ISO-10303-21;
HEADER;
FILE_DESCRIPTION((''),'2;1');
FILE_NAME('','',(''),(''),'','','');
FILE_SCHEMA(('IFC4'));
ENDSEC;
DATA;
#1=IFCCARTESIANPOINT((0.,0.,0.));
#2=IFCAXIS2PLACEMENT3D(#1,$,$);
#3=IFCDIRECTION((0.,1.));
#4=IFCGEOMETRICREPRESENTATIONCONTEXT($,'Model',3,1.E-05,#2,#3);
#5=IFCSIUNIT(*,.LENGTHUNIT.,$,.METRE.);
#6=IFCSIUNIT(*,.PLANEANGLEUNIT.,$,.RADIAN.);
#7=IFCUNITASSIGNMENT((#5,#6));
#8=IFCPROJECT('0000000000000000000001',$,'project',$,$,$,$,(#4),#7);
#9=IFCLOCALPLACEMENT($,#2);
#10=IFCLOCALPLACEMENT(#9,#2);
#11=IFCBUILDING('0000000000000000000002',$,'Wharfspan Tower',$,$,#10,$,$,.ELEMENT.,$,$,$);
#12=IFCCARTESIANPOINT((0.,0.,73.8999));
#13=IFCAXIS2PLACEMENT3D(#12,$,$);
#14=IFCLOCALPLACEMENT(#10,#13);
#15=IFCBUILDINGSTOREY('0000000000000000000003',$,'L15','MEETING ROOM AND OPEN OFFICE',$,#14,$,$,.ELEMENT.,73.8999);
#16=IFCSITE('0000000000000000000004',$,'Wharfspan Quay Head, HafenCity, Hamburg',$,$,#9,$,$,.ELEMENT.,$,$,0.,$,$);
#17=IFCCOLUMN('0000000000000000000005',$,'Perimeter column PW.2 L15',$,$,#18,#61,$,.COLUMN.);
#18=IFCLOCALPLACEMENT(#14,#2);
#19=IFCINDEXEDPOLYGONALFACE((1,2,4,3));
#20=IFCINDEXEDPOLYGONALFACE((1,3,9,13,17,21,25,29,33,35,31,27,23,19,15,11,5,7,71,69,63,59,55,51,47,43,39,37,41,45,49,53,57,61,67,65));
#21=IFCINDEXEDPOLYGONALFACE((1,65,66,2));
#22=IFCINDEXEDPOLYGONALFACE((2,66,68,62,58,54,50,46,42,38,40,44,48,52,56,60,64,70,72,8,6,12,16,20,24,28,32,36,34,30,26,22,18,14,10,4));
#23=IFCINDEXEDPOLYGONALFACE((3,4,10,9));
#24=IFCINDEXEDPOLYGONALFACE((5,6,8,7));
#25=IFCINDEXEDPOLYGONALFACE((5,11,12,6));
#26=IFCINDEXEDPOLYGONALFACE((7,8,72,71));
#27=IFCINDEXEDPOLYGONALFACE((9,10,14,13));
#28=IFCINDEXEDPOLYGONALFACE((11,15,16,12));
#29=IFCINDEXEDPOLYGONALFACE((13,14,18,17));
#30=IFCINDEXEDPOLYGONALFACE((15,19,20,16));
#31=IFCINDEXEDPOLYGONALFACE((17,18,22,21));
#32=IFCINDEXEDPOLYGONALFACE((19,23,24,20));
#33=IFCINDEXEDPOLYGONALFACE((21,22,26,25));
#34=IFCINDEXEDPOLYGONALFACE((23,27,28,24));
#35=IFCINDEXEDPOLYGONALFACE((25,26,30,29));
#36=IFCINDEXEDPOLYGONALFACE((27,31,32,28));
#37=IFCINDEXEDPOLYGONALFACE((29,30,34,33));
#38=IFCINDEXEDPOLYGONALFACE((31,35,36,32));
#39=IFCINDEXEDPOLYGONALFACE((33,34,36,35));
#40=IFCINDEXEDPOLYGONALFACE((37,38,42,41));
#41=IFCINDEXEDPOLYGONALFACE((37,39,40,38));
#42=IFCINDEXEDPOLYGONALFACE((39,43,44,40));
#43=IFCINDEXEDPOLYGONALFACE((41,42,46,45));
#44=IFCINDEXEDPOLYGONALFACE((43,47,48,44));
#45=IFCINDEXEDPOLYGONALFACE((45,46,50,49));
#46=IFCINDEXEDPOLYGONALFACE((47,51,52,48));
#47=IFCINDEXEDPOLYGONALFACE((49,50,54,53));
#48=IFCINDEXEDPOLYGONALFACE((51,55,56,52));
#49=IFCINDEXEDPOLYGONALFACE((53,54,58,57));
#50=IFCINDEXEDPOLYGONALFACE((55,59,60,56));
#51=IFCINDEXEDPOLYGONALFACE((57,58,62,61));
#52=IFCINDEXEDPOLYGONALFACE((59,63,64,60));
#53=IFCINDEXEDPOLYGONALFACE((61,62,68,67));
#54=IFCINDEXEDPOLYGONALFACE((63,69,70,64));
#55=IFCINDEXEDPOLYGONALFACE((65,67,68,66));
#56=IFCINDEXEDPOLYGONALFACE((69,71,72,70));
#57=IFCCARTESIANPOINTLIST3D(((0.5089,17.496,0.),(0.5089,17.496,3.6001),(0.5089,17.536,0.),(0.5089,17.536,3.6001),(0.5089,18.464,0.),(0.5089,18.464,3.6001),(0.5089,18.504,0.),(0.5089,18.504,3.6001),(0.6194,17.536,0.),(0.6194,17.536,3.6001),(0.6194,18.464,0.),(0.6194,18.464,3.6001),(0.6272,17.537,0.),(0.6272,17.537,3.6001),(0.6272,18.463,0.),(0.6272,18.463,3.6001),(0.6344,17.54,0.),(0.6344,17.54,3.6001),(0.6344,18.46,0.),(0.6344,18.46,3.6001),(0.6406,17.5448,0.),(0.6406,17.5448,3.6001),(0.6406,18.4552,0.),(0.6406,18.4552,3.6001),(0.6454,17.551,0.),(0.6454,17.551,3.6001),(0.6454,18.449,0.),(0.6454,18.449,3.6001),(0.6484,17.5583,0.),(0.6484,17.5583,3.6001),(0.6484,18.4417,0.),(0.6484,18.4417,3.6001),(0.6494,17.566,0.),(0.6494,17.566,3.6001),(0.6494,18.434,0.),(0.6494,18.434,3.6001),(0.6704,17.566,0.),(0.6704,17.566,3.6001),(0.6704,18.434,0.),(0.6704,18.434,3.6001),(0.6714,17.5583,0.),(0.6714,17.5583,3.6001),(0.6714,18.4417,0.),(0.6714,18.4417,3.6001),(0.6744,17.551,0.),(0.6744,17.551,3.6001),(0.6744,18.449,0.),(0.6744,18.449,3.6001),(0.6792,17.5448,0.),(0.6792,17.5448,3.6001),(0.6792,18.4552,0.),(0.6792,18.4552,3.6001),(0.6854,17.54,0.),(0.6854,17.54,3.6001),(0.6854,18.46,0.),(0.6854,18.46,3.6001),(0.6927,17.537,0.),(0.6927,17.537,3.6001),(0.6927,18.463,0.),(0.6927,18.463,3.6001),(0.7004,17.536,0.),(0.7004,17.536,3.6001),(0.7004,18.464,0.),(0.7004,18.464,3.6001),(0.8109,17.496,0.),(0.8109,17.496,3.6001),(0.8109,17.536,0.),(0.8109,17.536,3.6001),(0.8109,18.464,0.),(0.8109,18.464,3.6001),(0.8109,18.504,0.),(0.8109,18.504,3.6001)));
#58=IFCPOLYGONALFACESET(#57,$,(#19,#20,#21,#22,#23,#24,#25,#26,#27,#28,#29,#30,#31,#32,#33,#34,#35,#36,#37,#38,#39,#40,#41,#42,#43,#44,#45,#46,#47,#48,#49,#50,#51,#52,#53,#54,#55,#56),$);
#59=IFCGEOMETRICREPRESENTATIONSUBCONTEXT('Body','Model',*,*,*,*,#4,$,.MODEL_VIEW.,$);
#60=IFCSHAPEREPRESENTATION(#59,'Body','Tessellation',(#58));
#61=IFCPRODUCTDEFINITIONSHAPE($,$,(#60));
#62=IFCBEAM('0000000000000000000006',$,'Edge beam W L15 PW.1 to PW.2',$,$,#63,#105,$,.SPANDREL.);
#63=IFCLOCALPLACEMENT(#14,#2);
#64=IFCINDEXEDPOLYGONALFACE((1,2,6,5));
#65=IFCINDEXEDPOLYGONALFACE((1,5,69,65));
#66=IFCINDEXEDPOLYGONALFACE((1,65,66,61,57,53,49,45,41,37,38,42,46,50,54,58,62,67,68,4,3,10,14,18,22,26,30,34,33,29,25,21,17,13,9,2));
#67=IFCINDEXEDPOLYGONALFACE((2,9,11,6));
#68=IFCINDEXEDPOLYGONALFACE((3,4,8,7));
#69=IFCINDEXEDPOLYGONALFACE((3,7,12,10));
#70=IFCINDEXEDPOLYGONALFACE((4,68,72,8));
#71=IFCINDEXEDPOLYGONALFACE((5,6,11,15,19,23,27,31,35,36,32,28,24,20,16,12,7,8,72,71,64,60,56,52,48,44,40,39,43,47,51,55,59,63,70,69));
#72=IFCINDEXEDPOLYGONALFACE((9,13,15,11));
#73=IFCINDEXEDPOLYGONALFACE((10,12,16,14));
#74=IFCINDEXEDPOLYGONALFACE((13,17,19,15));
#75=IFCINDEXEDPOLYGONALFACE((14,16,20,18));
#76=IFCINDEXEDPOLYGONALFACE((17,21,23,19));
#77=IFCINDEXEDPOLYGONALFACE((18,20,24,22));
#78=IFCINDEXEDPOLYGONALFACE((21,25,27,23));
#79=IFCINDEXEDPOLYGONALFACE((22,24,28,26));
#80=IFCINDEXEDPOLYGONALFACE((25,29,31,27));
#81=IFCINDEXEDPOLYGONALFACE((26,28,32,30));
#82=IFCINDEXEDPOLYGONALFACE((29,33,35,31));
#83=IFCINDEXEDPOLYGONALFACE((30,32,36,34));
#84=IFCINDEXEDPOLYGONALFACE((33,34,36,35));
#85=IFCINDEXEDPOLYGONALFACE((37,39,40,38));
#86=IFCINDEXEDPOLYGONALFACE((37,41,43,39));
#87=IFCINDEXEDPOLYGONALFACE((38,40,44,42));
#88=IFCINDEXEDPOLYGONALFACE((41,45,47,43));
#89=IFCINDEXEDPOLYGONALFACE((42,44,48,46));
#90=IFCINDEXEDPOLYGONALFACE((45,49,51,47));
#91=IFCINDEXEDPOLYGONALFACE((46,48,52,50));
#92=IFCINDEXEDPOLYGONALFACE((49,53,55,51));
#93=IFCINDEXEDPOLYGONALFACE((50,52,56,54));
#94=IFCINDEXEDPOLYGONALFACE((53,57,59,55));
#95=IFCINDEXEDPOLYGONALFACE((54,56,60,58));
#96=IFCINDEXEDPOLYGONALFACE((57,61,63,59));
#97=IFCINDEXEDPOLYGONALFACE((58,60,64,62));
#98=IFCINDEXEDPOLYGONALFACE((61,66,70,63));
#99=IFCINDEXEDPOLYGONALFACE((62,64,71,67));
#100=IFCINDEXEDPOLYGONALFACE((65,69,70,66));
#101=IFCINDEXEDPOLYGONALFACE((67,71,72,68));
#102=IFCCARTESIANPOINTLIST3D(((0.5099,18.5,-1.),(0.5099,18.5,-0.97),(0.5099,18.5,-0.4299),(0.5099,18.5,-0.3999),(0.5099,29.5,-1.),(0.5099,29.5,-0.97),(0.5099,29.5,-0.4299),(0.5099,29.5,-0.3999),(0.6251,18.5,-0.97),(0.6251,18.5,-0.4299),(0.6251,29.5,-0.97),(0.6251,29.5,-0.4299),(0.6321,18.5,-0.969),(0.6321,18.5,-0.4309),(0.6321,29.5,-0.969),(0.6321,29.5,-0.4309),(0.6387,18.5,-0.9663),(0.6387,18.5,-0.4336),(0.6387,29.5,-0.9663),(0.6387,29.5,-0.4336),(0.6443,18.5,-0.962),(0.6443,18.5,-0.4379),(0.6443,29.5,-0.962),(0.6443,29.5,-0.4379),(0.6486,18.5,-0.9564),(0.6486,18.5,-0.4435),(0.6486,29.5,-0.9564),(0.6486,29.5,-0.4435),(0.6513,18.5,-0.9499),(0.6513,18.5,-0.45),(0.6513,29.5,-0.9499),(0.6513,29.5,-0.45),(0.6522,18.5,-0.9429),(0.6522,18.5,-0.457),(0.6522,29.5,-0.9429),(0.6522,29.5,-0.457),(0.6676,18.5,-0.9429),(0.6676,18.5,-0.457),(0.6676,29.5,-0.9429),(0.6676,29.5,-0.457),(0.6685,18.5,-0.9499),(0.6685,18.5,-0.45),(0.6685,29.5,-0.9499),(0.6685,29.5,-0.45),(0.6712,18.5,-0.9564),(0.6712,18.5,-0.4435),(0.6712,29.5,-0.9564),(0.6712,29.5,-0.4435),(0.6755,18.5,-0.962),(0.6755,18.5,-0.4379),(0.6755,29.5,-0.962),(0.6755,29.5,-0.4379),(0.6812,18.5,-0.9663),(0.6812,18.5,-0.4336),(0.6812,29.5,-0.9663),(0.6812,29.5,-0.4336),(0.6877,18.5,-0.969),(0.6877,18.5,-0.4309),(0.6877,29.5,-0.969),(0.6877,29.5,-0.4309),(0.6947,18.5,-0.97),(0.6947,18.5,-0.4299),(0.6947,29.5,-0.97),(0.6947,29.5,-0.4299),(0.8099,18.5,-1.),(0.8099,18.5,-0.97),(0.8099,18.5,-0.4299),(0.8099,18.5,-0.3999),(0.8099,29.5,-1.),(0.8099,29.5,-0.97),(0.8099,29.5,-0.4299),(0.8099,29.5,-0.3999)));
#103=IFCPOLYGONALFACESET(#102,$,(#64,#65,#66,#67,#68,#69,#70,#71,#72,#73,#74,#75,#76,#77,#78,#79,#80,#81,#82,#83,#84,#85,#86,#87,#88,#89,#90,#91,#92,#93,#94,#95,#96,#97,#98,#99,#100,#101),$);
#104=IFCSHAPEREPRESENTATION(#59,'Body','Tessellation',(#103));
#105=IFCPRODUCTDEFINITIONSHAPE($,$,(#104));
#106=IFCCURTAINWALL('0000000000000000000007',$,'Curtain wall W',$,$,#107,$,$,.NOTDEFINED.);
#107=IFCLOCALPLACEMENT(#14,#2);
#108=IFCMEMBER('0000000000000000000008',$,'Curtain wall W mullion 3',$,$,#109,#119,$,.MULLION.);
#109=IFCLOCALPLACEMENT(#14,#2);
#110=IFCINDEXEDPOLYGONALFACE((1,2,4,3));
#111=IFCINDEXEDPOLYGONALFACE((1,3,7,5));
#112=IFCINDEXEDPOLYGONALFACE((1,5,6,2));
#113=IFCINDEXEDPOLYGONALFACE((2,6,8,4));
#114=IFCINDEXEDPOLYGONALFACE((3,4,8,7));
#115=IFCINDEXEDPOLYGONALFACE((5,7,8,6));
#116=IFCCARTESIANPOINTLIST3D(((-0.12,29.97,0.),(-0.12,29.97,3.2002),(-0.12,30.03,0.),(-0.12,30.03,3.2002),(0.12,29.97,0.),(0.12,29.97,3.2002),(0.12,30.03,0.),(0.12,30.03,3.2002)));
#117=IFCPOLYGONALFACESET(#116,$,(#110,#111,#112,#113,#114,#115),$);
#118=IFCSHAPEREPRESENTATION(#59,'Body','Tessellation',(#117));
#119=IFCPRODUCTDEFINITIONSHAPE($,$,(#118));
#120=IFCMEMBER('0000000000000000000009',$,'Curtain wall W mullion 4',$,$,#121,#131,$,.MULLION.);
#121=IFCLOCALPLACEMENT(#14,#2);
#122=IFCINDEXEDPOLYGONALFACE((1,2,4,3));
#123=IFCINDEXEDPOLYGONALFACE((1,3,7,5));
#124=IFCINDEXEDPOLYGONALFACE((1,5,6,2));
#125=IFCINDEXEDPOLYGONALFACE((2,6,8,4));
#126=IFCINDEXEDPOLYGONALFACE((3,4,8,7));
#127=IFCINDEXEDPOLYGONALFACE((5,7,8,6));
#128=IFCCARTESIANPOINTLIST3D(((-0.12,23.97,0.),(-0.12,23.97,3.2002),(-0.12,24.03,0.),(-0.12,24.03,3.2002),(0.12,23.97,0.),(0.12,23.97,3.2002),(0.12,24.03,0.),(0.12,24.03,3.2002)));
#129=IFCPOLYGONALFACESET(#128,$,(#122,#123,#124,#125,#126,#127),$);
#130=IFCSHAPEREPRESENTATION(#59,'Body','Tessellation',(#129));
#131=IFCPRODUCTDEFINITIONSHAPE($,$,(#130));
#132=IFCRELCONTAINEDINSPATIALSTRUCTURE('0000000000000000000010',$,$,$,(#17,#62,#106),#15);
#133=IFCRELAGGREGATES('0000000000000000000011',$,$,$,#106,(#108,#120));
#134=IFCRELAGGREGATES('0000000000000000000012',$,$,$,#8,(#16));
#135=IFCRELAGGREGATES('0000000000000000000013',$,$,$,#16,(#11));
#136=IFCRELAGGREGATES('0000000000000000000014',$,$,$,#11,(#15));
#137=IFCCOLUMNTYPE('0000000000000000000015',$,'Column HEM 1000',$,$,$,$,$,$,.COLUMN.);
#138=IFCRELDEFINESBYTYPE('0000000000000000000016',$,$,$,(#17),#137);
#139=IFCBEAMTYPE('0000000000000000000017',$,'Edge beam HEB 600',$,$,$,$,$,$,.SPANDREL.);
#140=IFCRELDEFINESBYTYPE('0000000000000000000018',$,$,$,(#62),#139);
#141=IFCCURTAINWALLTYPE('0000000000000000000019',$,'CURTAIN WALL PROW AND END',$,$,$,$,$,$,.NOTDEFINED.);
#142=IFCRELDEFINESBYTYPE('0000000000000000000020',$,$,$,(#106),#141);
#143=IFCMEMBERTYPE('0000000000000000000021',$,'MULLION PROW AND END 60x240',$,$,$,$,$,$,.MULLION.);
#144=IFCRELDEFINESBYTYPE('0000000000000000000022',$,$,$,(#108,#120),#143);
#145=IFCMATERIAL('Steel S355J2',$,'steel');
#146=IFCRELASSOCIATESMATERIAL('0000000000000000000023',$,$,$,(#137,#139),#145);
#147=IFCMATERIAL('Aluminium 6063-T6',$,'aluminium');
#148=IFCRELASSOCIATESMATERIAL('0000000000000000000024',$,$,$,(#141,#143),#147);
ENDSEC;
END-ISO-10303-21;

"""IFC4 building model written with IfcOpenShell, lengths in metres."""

from ifc_helpers import new_model, si_unit, direction, frame, origin, origin_2d, place, context, subcontext, project, spatial, rectangle, i_section, extrude, material, material_profile, profile_set, type_object, element, aggregate, save


model = new_model("IFC4")

# Units and contexts
model_context = context("Model", 3, precision=1e-05, world=origin(), true_north=direction((0.0, 1.0)))
body_context = subcontext(model_context, "Body", "Model", "MODEL_VIEW")
ifc_project = project(units=[si_unit("LENGTHUNIT", "METRE"), si_unit("PLANEANGLEUNIT", "RADIAN")], contexts=[model_context])

# Site, building, storey
site_placement = place(None, origin())
site = spatial("IfcSite", under=ifc_project, at=site_placement, Name="Wharfspan Quay Head, HafenCity, Hamburg", CompositionType="ELEMENT", RefElevation=0.0)
building_placement = place(site_placement, origin())
building = spatial("IfcBuilding", under=site, at=building_placement, Name="Wharfspan Tower", CompositionType="ELEMENT")
storey_placement = place(building_placement, frame((0.0, 0.0, 73.8999)))
storey = spatial("IfcBuildingStorey", under=building, at=storey_placement, Name="L15", Description="MEETING ROOM AND OPEN OFFICE", CompositionType="ELEMENT", Elevation=73.8999)

# Column
ifc_material_1 = material(Name="Steel S355J2", Category="steel")
ifc_material_profile_1 = material_profile(ifc_material_1, i_section(OverallWidth=0.302, OverallDepth=1.0081, WebThickness=0.021, FlangeThickness=0.04, FilletRadius=0.03, at=origin_2d()))
ifc_profile_set_1 = profile_set([ifc_material_profile_1], Name="Steel S355J2")
column_type = type_object("IfcColumnType", Name="Column HEM 1000", PredefinedType="COLUMN", material=ifc_profile_set_1)
column_placement = place(storey_placement, frame((0.6599, 18.0, 0.0), z_axis=(0.0, 0.0, 1.0), x_axis=(-1.0, 0.0, 0.0)))
element("IfcColumn", 1, at=column_placement, inside=storey, type_object=column_type, Name="Perimeter column PW.2 L15", PredefinedType="COLUMN", context=body_context, shape_type="SweptSolid", body=[
    extrude(i_section(OverallWidth=0.302, OverallDepth=1.0081, WebThickness=0.021, FlangeThickness=0.04, FilletRadius=0.03, at=origin_2d()), origin(), (0.0, 0.0, 1.0), 3.6001),
])

# Beam
ifc_material_profile_2 = material_profile(ifc_material_1, i_section(OverallWidth=0.3, OverallDepth=0.6001, WebThickness=0.0154, FlangeThickness=0.03, FilletRadius=0.0271, at=origin_2d()))
ifc_profile_set_2 = profile_set([ifc_material_profile_2], Name="Steel S355J2")
beam_type = type_object("IfcBeamType", Name="Edge beam HEB 600", PredefinedType="SPANDREL", material=ifc_profile_set_2)
beam_placement = place(storey_placement, frame((0.6599, 29.5, -0.7), z_axis=(0.0, -1.0, 0.0), x_axis=(1.0, 0.0, 0.0)))
element("IfcBeam", 2, at=beam_placement, inside=storey, type_object=beam_type, Name="Edge beam W L15 PW.1 to PW.2", PredefinedType="SPANDREL", context=body_context, shape_type="SweptSolid", body=[
    extrude(i_section(OverallWidth=0.3, OverallDepth=0.6001, WebThickness=0.0154, FlangeThickness=0.03, FilletRadius=0.0271, at=origin_2d()), origin(), (0.0, 0.0, 1.0), 11.0),
])

# Curtain wall, members
ifc_material_2 = material(Name="Aluminium 6063-T6", Category="aluminium")
curtain_wall_type = type_object("IfcCurtainWallType", Name="CURTAIN WALL PROW AND END", PredefinedType="NOTDEFINED", material=ifc_material_2)
curtain_wall_placement = place(storey_placement, origin())
curtain_wall = element("IfcCurtainWall", 3, at=curtain_wall_placement, inside=storey, type_object=curtain_wall_type, Name="Curtain wall W", PredefinedType="NOTDEFINED")
ifc_material_profile_3 = material_profile(ifc_material_2, rectangle(XDim=0.24, YDim=0.0601, at=origin_2d()))
ifc_profile_set_3 = profile_set([ifc_material_profile_3], Name="Aluminium 6063-T6")
member_type_1 = type_object("IfcMemberType", Name="MULLION PROW AND END 60x240", PredefinedType="MULLION", material=ifc_profile_set_3)
member_1_placement = place(storey_placement, frame((0.0, 30.0, 0.0), z_axis=(0.0, 0.0, 1.0), x_axis=(1.0, 0.0, 0.0)))
member_1 = element("IfcMember", 4, at=member_1_placement, type_object=member_type_1, Name="Curtain wall W mullion 3", PredefinedType="MULLION", context=body_context, shape_type="SweptSolid", body=[
    extrude(rectangle(XDim=0.24, YDim=0.0601, at=origin_2d()), origin(), (0.0, 0.0, 1.0), 3.2002),
])
member_2_placement = place(storey_placement, frame((0.0, 24.0, 0.0), z_axis=(0.0, 0.0, 1.0), x_axis=(1.0, 0.0, 0.0)))
member_2 = element("IfcMember", 5, at=member_2_placement, type_object=member_type_1, Name="Curtain wall W mullion 4", PredefinedType="MULLION", context=body_context, shape_type="SweptSolid", body=[
    extrude(rectangle(XDim=0.24, YDim=0.0601, at=origin_2d()), origin(), (0.0, 0.0, 1.0), 3.2002),
])

aggregate(curtain_wall, [member_1, member_2])

save(model, "model.ifc")
